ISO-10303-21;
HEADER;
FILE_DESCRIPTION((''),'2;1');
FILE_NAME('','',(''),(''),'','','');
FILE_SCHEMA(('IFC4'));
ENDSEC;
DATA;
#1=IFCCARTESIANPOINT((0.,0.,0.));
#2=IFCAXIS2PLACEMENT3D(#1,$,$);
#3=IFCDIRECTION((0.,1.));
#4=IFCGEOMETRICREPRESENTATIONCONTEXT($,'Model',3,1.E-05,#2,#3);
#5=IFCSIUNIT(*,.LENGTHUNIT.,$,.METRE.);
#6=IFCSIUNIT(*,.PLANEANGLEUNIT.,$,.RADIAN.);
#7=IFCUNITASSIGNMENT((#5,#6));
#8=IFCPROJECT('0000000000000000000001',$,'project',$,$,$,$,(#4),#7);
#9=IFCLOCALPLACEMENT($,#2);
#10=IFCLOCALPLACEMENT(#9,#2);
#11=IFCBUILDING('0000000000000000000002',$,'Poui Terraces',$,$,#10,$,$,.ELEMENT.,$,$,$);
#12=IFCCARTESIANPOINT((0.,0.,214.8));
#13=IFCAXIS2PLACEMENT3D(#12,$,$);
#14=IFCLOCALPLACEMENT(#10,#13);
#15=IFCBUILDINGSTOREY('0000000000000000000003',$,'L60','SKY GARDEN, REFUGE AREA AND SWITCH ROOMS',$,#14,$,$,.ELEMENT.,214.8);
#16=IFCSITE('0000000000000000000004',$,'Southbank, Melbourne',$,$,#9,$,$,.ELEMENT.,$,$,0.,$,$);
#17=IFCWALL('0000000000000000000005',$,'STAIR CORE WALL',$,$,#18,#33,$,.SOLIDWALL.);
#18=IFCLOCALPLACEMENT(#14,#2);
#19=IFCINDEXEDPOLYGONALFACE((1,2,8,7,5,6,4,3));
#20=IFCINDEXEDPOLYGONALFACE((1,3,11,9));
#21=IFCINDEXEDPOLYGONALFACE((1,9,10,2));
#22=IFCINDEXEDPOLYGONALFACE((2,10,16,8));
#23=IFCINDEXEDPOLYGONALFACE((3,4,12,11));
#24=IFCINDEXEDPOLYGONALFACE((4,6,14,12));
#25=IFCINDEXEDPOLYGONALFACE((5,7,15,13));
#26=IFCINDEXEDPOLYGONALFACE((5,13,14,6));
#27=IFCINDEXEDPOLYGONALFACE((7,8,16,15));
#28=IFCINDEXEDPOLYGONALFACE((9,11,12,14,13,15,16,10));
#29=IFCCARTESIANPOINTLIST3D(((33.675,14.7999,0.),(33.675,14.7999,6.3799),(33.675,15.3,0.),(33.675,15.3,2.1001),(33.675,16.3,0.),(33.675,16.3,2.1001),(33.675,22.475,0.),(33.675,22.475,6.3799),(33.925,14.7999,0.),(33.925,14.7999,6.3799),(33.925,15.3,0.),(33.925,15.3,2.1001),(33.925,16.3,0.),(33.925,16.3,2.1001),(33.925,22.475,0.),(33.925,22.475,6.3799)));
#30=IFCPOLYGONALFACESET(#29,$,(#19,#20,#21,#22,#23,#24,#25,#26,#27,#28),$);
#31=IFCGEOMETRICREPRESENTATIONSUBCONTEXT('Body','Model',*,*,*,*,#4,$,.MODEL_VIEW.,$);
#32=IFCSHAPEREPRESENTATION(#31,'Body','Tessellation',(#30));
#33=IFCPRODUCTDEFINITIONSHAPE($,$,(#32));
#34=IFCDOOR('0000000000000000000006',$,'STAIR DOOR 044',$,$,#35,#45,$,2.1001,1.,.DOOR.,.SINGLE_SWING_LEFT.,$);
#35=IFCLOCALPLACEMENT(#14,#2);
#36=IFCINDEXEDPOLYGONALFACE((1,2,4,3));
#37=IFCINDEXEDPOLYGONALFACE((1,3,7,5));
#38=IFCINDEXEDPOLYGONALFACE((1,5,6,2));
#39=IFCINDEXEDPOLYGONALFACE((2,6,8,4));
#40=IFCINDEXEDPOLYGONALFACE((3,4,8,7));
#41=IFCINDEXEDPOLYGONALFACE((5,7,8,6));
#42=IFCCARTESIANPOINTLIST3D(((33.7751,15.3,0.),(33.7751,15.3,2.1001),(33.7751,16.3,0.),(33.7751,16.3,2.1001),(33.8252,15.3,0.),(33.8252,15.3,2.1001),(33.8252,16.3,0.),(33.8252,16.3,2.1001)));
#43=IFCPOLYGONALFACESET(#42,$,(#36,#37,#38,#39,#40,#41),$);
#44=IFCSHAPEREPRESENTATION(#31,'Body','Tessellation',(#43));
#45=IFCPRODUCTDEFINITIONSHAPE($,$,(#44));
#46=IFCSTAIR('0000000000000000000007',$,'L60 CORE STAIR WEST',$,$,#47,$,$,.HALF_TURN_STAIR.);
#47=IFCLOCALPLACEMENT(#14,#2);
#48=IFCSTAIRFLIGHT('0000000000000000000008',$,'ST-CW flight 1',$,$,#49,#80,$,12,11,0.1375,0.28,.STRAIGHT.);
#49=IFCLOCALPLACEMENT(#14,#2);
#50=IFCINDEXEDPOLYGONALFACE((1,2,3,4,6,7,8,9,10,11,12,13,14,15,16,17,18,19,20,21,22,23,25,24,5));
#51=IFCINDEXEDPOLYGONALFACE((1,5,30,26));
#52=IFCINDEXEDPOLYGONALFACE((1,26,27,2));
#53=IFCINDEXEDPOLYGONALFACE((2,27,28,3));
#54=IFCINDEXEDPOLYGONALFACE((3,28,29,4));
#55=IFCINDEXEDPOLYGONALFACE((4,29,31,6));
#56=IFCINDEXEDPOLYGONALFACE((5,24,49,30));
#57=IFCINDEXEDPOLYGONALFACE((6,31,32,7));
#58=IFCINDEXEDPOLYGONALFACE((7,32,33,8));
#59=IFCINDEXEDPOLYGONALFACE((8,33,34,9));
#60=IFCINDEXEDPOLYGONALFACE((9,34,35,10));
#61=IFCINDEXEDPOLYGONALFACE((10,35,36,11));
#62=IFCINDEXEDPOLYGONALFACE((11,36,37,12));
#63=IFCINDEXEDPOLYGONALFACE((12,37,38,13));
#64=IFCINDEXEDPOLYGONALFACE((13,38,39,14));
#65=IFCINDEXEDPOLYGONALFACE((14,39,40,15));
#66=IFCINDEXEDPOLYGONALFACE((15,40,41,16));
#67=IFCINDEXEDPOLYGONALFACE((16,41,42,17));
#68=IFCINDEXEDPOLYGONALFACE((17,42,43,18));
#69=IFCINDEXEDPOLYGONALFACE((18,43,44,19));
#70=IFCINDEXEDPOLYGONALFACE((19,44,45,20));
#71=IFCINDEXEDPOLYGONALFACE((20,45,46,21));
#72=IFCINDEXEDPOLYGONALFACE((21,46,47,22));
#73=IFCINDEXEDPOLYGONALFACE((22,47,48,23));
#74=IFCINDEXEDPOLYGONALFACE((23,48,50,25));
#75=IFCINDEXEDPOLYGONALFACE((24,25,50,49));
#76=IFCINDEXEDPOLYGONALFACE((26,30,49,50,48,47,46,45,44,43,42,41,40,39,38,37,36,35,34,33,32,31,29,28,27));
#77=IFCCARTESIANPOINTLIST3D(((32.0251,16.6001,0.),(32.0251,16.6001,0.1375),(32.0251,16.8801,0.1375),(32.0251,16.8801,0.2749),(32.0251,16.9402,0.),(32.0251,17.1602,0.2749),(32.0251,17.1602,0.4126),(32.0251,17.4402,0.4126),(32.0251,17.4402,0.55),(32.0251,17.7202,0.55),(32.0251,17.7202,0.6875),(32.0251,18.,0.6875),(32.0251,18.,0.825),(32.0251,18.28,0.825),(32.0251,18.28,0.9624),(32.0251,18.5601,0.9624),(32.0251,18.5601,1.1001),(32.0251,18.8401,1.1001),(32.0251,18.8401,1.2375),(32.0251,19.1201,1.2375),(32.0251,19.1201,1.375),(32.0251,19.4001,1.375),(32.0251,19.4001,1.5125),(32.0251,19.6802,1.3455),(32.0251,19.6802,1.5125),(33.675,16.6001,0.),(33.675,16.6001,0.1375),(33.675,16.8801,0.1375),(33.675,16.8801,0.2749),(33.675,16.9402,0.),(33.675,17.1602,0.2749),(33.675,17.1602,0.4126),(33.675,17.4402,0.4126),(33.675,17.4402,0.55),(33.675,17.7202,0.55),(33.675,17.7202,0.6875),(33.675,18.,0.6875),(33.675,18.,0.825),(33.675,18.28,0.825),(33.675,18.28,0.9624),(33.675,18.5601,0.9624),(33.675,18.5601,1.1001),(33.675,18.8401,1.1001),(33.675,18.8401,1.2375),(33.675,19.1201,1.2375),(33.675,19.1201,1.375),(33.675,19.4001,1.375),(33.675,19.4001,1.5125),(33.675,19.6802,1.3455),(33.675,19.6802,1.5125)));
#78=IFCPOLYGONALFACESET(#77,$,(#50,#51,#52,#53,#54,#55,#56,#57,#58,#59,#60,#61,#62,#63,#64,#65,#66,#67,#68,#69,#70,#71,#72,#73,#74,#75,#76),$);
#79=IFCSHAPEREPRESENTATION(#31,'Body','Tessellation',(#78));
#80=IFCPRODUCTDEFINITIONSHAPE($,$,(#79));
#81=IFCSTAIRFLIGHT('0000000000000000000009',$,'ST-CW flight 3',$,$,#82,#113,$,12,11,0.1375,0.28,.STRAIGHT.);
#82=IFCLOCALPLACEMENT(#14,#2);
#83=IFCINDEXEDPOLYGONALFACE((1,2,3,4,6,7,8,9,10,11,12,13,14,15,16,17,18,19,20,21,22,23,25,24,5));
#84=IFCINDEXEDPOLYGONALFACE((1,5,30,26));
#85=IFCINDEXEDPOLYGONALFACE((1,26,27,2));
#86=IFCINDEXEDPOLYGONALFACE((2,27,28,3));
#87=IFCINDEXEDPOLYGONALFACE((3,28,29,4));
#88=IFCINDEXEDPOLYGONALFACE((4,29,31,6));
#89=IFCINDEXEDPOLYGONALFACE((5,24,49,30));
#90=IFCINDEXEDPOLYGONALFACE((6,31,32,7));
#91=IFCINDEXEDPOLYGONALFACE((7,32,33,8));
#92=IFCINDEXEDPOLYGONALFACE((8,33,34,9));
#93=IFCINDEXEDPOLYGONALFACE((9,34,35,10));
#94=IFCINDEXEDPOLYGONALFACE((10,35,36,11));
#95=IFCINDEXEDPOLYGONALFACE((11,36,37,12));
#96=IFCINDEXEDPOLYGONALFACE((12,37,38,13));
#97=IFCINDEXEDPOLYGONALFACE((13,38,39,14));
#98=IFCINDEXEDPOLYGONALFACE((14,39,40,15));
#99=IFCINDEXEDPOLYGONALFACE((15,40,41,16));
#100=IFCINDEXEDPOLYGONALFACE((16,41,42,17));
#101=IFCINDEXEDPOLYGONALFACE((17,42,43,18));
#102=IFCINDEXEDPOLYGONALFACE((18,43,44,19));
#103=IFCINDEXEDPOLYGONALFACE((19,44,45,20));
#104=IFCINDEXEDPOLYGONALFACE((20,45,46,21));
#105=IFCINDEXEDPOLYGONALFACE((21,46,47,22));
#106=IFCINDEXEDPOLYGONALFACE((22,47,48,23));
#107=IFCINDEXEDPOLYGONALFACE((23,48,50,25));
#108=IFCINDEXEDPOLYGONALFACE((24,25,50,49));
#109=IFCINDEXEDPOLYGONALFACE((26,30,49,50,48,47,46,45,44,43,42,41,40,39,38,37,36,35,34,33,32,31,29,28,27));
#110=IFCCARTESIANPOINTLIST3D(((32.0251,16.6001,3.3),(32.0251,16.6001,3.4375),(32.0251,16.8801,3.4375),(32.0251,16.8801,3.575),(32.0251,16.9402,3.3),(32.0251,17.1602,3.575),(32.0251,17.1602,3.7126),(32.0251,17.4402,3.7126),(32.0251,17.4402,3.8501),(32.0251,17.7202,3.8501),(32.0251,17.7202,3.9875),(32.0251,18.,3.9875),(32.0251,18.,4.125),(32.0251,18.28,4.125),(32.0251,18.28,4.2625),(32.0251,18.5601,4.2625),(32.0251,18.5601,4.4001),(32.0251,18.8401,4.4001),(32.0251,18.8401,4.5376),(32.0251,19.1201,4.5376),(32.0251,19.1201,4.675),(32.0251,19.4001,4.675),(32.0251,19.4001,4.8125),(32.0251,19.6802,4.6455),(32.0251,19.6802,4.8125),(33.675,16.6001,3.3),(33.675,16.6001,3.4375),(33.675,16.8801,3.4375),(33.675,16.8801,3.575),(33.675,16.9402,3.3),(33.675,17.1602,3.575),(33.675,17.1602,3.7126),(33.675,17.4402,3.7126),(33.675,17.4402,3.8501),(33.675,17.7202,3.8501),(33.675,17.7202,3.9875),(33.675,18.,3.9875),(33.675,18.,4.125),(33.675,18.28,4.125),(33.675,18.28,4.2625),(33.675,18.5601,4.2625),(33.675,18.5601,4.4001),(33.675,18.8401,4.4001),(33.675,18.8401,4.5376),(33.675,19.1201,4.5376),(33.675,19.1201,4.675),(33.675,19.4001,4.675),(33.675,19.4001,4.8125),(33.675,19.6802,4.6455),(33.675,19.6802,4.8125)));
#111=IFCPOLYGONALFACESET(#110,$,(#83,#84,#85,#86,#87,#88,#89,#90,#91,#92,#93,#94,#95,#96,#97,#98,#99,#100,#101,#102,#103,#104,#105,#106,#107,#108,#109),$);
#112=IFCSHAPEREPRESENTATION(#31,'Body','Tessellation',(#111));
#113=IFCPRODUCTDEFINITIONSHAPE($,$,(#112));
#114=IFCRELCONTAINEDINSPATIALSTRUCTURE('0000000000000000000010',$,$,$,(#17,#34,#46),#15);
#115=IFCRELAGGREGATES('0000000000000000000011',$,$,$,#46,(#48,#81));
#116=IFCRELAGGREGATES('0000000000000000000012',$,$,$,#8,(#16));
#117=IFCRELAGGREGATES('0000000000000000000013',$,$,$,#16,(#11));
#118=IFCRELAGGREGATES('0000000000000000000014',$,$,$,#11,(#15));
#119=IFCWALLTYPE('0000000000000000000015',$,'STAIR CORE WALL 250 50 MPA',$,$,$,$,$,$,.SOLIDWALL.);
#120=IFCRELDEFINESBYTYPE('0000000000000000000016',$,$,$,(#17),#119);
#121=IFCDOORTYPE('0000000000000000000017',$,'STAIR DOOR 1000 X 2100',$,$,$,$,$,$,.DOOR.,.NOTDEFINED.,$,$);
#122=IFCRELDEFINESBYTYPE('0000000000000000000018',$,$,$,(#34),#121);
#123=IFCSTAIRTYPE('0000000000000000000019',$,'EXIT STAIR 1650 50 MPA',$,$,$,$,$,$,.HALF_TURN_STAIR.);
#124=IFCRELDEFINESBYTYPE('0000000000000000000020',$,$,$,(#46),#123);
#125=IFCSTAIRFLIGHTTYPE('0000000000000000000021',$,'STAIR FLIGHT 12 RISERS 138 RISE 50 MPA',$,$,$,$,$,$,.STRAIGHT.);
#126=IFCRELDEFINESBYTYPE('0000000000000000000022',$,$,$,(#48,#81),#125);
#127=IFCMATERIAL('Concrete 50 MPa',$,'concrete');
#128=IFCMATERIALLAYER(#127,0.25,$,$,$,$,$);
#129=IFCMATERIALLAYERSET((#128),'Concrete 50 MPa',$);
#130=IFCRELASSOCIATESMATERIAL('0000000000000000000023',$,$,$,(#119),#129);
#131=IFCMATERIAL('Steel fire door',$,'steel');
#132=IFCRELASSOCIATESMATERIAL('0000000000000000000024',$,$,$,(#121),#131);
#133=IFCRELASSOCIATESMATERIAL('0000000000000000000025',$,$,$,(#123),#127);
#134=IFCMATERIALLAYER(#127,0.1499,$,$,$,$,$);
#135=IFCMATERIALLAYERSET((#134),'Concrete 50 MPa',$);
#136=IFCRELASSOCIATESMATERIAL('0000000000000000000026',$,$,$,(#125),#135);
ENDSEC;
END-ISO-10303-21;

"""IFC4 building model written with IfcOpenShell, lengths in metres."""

from ifc_helpers import new_model, si_unit, direction, frame, frame_2d, origin, place, context, subcontext, project, spatial, polyline, rectangle, outline, extrude, material, layer, layer_set, type_object, element, fill, aggregate, save


model = new_model("IFC4")

# Units and contexts
model_context = context("Model", 3, precision=1e-05, world=origin(), true_north=direction((0.0, 1.0)))
body_context = subcontext(model_context, "Body", "Model", "MODEL_VIEW")
ifc_project = project(units=[si_unit("LENGTHUNIT", "METRE"), si_unit("PLANEANGLEUNIT", "RADIAN")], contexts=[model_context])

# Site, building, storey
site_placement = place(None, origin())
site = spatial("IfcSite", under=ifc_project, at=site_placement, Name="Southbank, Melbourne", CompositionType="ELEMENT", RefElevation=0.0)
building_placement = place(site_placement, origin())
building = spatial("IfcBuilding", under=site, at=building_placement, Name="Poui Terraces", CompositionType="ELEMENT")
storey_placement = place(building_placement, frame((0.0, 0.0, 214.8)))
storey = spatial("IfcBuildingStorey", under=building, at=storey_placement, Name="L60", Description="SKY GARDEN, REFUGE AREA AND SWITCH ROOMS", CompositionType="ELEMENT", Elevation=214.8)

# Shared definitions
ifc_material_1 = material(Name="Concrete 50 MPa", Category="concrete")
ifc_material_2 = material(Name="Steel fire door", Category="steel")

# Wall, opening, door
ifc_layer_1 = layer(ifc_material_1, 0.25)
ifc_layer_set_1 = layer_set([ifc_layer_1], Name="Concrete 50 MPa")
wall_type_1 = type_object("IfcWallType", Name="STAIR CORE WALL 250 50 MPA", PredefinedType="SOLIDWALL", material=ifc_layer_set_1)
wall_1_placement = place(storey_placement, frame((33.8, 14.8, 0.0), z_axis=(0.0, 0.0, 1.0), x_axis=(0.0, 1.0, 0.0)))
wall_1 = element("IfcWall", 1, at=wall_1_placement, inside=storey, type_object=wall_type_1, Name="STAIR CORE WALL", PredefinedType="SOLIDWALL", context=body_context, shape_type="SweptSolid", body=[
    extrude(rectangle(XDim=7.675, YDim=0.25, at=frame_2d((3.8374, 0.0))), origin(), (0.0, 0.0, 1.0), 6.3799),
])
opening_1_placement = place(wall_1_placement, frame((0.5, 0.0, 0.0)))
opening_1 = element("IfcOpeningElement", 2, at=opening_1_placement, cuts=wall_1, PredefinedType="OPENING", context=body_context, shape_type="SweptSolid", body=[
    extrude(rectangle(XDim=1.0, YDim=2.1001, at=frame_2d((0.5, 1.05))), frame((0.0, 0.135, 0.0), z_axis=(0.0, -1.0, 0.0), x_axis=(1.0, 0.0, 0.0)), (0.0, 0.0, 1.0), 0.27),
])
door_type_1 = type_object("IfcDoorType", Name="STAIR DOOR 1000 X 2100", OperationType="NOTDEFINED", PredefinedType="DOOR", material=ifc_material_2)
door_1_placement = place(opening_1_placement, origin())
door_1 = element("IfcDoor", 3, at=door_1_placement, inside=storey, type_object=door_type_1, Name="STAIR DOOR 044", OperationType="SINGLE_SWING_LEFT", OverallHeight=2.1001, OverallWidth=1.0, PredefinedType="DOOR", context=body_context, shape_type="SweptSolid", body=[
    extrude(rectangle(XDim=1.0, YDim=2.1001, at=frame_2d((0.5, 1.05))), frame((0.0, 0.0249, 0.0), z_axis=(0.0, -1.0, 0.0), x_axis=(1.0, 0.0, 0.0)), (0.0, 0.0, 1.0), 0.05),
])
fill(opening_1, door_1)

# Stair, stair flights
stair_type = type_object("IfcStairType", Name="EXIT STAIR 1650 50 MPA", PredefinedType="HALF_TURN_STAIR", material=ifc_material_1)
stair_placement = place(storey_placement, origin())
stair = element("IfcStair", 4, at=stair_placement, inside=storey, type_object=stair_type, Name="L60 CORE STAIR WEST", PredefinedType="HALF_TURN_STAIR")
ifc_layer_2 = layer(ifc_material_1, 0.1499)
ifc_layer_set_2 = layer_set([ifc_layer_2], Name="Concrete 50 MPa")
stair_flight_type = type_object("IfcStairFlightType", Name="STAIR FLIGHT 12 RISERS 138 RISE 50 MPA", PredefinedType="STRAIGHT", material=ifc_layer_set_2)
stair_flight_1_placement = place(storey_placement, frame((32.8501, 16.6001, 0.0), z_axis=(0.0, 0.0, 1.0), x_axis=(0.0, 1.0, 0.0)))
stair_flight_1 = element("IfcStairFlight", 5, at=stair_flight_1_placement, type_object=stair_flight_type, Name="ST-CW flight 1", NumberOfRisers=12, NumberOfTreads=11, PredefinedType="STRAIGHT", RiserHeight=0.1375, TreadLength=0.28, context=body_context, shape_type="SweptSolid", body=[
    extrude(outline(polyline([(0.0, 0.0), (0.0, 0.1375), (0.28, 0.1375), (0.28, 0.2749), (0.5601, 0.2749), (0.5601, 0.4126), (0.8401, 0.4126), (0.8401, 0.55), (1.1201, 0.55), (1.1201, 0.6875), (1.3999, 0.6875), (1.3999, 0.825), (1.6799, 0.825), (1.6799, 0.9624), (1.96, 0.9624), (1.96, 1.1001), (2.24, 1.1001), (2.24, 1.2375), (2.52, 1.2375), (2.52, 1.375), (2.8, 1.375), (2.8, 1.5125), (3.0801, 1.5125), (3.0801, 1.6499), (3.0801, 1.3455), (0.3401, 0.0), (0.0, 0.0)])), frame((0.0, 0.825, 0.0), z_axis=(0.0, -1.0, 0.0), x_axis=(1.0, 0.0, 0.0)), (0.0, 0.0, 1.0), 1.6499),
])
stair_flight_2_placement = place(storey_placement, frame((32.8501, 16.6001, 3.3), z_axis=(0.0, 0.0, 1.0), x_axis=(0.0, 1.0, 0.0)))
stair_flight_2 = element("IfcStairFlight", 6, at=stair_flight_2_placement, type_object=stair_flight_type, Name="ST-CW flight 3", NumberOfRisers=12, NumberOfTreads=11, PredefinedType="STRAIGHT", RiserHeight=0.1375, TreadLength=0.28, context=body_context, shape_type="SweptSolid", body=[
    extrude(outline(polyline([(0.0, 0.0), (0.0, 0.1375), (0.28, 0.1375), (0.28, 0.2749), (0.5601, 0.2749), (0.5601, 0.4126), (0.8401, 0.4126), (0.8401, 0.55), (1.1201, 0.55), (1.1201, 0.6875), (1.3999, 0.6875), (1.3999, 0.825), (1.6799, 0.825), (1.6799, 0.9624), (1.96, 0.9624), (1.96, 1.1001), (2.24, 1.1001), (2.24, 1.2375), (2.52, 1.2375), (2.52, 1.375), (2.8, 1.375), (2.8, 1.5125), (3.0801, 1.5125), (3.0801, 1.6499), (3.0801, 1.3455), (0.3401, 0.0), (0.0, 0.0)])), frame((0.0, 0.825, 0.0), z_axis=(0.0, -1.0, 0.0), x_axis=(1.0, 0.0, 0.0)), (0.0, 0.0, 1.0), 1.6499),
])
aggregate(stair, [stair_flight_1, stair_flight_2])

save(model, "model.ifc")
